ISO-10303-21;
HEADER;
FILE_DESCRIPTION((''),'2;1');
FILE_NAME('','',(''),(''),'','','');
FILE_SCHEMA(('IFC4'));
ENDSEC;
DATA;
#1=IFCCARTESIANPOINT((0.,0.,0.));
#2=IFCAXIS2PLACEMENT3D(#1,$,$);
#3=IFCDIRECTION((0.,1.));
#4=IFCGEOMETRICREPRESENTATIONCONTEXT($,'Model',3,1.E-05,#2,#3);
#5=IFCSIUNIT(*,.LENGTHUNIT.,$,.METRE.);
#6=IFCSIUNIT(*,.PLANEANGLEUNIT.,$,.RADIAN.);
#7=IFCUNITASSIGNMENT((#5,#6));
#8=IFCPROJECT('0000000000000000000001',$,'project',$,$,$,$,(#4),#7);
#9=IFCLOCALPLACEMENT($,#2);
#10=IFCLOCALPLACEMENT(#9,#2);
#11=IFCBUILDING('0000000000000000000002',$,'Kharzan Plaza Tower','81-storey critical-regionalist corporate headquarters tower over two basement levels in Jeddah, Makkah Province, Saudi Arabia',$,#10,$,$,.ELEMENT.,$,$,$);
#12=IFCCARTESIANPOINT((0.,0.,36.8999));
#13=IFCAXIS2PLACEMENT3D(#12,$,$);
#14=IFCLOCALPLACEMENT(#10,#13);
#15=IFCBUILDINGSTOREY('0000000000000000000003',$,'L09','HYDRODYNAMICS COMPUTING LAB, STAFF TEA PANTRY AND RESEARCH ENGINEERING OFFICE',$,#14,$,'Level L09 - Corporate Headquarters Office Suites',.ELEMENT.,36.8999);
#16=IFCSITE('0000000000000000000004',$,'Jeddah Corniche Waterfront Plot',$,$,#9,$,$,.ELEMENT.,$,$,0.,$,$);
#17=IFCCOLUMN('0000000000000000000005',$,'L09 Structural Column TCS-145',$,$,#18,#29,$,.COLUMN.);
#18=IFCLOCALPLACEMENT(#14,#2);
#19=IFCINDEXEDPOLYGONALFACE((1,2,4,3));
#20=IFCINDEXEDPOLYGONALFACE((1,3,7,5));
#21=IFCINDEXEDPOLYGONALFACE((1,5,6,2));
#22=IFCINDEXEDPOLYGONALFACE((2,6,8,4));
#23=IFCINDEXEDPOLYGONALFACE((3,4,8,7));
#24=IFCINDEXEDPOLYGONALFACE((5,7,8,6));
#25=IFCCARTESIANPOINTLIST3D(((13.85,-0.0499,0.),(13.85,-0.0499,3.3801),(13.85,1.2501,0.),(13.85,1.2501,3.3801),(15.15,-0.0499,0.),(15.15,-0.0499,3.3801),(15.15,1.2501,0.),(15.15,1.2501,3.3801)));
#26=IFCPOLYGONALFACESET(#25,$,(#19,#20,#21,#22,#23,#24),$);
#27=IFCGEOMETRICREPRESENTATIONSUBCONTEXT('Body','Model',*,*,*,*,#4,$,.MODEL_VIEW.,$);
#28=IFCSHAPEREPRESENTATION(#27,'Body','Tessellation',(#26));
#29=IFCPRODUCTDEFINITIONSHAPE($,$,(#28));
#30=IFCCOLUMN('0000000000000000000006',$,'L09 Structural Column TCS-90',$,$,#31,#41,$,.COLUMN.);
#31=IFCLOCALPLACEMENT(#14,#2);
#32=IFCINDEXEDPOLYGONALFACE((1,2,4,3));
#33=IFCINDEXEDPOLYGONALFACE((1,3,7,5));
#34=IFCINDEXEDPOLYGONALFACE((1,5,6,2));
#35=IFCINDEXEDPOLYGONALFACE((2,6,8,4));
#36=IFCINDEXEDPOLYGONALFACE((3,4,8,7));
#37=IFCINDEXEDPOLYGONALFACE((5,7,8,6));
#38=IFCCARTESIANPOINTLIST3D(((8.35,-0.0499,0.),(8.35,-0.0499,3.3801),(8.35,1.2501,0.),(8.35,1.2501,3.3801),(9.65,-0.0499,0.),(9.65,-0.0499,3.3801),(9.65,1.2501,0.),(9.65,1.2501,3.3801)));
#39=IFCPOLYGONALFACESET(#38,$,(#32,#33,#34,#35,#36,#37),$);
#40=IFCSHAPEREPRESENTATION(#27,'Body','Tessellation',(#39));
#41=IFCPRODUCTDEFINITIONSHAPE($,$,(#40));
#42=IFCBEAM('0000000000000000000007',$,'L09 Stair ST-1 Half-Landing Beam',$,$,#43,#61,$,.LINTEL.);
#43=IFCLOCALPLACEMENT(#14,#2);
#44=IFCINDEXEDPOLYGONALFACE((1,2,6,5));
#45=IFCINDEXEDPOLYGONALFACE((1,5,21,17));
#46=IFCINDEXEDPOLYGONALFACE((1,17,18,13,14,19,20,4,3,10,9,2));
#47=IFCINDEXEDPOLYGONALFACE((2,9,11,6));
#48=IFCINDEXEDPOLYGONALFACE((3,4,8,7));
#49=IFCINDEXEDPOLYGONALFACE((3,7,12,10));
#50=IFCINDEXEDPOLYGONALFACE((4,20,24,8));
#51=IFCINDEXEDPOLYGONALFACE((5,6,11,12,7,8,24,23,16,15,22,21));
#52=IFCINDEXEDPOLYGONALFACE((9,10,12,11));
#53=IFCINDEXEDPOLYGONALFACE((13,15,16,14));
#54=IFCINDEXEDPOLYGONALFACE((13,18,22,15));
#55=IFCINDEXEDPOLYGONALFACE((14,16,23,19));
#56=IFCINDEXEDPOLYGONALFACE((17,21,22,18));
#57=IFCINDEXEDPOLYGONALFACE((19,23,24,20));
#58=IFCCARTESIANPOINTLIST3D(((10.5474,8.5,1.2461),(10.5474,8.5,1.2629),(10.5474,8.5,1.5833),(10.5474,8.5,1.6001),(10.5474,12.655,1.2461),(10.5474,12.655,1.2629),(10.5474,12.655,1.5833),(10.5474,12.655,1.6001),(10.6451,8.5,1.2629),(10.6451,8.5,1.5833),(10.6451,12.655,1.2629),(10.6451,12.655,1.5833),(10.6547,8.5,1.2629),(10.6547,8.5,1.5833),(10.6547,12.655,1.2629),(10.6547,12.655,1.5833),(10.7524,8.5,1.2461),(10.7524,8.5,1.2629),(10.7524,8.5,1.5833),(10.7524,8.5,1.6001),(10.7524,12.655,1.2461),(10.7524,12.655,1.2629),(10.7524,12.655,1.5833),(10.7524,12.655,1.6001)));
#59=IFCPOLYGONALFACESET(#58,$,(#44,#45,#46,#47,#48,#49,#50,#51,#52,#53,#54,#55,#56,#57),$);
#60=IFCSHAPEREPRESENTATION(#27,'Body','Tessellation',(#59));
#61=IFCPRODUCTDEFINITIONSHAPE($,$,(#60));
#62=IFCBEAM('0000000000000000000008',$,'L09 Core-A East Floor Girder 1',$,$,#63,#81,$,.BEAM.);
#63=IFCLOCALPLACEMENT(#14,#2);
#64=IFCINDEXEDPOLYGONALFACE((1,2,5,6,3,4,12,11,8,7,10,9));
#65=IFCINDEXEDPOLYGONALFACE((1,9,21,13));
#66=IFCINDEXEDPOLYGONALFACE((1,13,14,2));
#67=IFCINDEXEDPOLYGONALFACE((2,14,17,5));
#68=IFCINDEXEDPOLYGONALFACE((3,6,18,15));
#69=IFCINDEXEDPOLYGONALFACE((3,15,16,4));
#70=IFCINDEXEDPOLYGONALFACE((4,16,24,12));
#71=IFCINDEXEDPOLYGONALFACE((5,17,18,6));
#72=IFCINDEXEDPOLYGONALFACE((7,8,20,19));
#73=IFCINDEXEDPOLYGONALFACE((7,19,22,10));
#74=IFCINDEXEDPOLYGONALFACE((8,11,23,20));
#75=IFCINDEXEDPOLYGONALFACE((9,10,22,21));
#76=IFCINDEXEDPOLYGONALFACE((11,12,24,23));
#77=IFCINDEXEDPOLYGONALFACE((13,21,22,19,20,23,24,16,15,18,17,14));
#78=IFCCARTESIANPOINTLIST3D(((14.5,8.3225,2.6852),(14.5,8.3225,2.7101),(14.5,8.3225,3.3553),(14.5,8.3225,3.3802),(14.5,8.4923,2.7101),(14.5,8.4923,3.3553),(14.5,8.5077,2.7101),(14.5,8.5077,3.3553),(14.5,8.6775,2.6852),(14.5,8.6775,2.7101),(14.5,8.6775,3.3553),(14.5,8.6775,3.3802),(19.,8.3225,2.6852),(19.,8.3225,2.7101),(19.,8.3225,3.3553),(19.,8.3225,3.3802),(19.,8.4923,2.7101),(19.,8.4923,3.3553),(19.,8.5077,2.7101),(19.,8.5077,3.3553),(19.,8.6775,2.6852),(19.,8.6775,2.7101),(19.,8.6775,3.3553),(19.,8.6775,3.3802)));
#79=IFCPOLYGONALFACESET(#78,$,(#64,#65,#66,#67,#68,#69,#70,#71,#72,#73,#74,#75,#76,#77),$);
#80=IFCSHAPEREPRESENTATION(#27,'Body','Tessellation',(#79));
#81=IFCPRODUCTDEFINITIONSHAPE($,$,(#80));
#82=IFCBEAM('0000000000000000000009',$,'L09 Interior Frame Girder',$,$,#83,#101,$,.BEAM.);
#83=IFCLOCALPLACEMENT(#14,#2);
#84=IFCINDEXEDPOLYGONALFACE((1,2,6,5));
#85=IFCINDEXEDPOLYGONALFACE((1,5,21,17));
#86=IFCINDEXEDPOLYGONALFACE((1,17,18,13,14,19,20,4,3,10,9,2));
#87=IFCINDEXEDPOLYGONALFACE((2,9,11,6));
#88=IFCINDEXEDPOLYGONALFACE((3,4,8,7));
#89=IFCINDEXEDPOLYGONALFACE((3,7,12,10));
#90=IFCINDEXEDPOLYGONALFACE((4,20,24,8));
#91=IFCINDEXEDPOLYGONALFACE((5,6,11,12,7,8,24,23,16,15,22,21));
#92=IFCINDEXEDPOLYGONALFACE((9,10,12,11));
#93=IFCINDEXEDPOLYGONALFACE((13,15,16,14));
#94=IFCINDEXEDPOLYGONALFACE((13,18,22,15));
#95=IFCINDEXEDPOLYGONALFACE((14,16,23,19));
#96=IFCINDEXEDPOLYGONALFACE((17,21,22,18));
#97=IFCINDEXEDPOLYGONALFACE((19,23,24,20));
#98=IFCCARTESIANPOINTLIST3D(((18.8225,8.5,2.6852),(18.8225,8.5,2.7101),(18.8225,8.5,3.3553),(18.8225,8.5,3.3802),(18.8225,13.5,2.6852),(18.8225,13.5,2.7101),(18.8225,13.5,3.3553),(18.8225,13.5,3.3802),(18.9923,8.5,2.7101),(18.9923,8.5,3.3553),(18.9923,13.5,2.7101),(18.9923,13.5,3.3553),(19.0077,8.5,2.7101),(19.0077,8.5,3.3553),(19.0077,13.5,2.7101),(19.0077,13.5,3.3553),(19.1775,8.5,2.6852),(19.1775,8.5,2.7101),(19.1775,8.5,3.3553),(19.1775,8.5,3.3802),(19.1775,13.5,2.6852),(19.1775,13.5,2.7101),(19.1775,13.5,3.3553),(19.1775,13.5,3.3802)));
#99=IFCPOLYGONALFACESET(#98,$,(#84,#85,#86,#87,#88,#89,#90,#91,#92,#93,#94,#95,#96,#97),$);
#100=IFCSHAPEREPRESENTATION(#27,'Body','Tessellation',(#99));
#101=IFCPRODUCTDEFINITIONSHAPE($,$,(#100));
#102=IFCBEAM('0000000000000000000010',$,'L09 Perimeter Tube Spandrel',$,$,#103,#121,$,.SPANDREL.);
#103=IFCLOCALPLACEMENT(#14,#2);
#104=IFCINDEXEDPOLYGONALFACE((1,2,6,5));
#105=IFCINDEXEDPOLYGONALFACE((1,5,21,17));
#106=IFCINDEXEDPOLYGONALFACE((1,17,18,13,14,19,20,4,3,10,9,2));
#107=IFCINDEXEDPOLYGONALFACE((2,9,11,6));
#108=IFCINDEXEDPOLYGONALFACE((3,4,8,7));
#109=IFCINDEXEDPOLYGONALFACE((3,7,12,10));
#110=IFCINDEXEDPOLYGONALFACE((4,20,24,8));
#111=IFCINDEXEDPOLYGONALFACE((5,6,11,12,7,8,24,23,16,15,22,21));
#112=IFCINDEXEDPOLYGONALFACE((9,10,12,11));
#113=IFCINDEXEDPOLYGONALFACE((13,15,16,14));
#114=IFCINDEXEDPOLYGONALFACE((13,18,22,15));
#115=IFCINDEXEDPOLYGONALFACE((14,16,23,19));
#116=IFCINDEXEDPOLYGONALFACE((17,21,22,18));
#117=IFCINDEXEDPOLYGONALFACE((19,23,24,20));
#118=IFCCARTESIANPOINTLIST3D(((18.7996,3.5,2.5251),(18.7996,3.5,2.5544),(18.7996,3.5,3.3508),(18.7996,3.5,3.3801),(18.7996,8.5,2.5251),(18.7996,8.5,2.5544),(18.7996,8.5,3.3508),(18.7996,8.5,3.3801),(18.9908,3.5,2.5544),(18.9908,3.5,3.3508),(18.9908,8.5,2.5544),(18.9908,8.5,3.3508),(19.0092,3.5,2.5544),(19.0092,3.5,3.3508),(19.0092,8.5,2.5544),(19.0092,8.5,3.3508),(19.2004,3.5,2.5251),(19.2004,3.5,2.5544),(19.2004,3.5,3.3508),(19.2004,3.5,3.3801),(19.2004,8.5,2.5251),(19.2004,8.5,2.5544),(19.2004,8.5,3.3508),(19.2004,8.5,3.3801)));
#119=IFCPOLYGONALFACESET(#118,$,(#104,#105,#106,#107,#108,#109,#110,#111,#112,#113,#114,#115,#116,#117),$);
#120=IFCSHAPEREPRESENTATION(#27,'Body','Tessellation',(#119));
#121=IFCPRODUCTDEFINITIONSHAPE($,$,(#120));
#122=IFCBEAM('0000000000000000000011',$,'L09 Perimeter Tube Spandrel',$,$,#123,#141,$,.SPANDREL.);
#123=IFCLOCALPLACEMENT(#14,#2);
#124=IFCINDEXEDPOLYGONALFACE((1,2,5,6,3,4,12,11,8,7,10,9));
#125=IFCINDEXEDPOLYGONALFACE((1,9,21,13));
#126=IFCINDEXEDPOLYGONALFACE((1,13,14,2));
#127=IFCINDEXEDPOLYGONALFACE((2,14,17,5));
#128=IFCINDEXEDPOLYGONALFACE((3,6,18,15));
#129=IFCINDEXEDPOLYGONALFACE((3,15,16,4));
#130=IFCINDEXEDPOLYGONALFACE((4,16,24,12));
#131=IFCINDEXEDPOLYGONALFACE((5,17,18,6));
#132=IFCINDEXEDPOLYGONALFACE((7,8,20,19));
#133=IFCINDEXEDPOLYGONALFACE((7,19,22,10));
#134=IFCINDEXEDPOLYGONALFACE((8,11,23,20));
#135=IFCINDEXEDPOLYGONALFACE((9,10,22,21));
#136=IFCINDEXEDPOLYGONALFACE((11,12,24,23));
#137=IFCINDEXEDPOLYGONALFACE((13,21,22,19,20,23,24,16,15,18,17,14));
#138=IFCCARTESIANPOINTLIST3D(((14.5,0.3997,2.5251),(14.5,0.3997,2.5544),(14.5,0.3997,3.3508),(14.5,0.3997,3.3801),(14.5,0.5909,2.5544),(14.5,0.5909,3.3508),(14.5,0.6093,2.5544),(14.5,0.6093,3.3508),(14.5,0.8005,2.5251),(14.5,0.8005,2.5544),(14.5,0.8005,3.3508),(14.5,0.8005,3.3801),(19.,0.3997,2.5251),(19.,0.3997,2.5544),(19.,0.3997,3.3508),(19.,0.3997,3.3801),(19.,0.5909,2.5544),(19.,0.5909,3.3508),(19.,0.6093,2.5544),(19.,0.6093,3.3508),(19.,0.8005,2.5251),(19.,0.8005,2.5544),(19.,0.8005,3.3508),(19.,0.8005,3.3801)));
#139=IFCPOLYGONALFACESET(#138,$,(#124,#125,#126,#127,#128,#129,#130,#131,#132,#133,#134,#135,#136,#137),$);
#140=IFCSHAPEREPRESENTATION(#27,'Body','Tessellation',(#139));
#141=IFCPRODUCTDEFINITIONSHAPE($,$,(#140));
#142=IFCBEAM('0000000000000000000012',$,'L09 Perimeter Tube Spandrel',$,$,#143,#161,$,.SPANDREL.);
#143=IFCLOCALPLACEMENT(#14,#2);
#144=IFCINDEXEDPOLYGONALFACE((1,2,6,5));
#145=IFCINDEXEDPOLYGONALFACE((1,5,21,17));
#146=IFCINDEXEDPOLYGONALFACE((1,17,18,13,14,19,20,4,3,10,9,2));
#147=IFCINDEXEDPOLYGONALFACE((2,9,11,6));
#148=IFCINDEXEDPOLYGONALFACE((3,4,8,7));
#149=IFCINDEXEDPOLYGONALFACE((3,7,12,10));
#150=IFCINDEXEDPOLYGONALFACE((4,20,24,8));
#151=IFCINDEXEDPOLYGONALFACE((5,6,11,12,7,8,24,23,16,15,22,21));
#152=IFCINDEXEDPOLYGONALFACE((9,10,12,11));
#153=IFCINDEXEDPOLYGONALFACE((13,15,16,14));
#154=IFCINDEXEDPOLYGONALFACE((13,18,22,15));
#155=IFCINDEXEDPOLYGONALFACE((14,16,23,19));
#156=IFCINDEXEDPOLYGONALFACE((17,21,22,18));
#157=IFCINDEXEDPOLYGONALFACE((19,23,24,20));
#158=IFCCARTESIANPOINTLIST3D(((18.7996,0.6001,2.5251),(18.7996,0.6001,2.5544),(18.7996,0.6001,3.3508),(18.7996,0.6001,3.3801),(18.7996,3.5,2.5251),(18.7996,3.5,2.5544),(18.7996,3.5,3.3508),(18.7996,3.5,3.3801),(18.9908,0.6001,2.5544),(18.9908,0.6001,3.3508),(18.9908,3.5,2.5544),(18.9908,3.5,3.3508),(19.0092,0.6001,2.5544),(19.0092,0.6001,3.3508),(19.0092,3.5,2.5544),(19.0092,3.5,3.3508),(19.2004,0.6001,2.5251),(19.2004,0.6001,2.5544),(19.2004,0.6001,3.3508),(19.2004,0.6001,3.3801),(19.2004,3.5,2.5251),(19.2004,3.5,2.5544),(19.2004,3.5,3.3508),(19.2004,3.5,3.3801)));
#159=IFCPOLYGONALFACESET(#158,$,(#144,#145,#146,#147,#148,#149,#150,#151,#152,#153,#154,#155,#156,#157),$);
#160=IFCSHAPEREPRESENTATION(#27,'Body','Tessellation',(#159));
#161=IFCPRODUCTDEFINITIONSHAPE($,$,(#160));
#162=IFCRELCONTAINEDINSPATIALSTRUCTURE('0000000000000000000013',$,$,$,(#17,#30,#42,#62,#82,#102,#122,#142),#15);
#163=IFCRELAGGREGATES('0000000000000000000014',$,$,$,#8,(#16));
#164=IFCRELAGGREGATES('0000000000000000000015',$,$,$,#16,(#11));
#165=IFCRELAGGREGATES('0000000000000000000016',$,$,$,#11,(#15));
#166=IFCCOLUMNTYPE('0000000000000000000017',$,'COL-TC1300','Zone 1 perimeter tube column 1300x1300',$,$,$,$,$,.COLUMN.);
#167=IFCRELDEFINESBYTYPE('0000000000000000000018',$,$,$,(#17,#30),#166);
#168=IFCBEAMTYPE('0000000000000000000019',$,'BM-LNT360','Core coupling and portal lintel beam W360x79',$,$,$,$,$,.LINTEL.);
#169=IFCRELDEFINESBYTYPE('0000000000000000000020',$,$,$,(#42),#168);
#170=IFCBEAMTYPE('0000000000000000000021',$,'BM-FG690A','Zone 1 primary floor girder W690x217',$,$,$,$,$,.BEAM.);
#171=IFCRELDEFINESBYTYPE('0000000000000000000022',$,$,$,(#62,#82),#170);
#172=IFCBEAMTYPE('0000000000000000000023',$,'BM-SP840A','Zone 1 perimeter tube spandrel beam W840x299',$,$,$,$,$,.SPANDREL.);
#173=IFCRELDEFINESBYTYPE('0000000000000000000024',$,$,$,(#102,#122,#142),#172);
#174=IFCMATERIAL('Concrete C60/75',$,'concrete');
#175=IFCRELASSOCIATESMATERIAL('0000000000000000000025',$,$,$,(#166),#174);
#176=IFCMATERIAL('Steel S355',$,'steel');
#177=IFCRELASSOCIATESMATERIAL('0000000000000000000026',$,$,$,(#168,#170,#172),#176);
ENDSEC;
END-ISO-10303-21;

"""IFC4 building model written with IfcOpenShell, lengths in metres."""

from ifc_helpers import new_model, si_unit, direction, frame, origin, origin_2d, place, context, subcontext, project, spatial, rectangle, i_section, extrude, source, transform, mapped, material, material_profile, profile_set, type_object, element, save


model = new_model("IFC4")

# Units and contexts
model_context = context("Model", 3, precision=1e-05, world=origin(), true_north=direction((0.0, 1.0)))
body_context = subcontext(model_context, "Body", "Model", "MODEL_VIEW")
ifc_project = project(units=[si_unit("LENGTHUNIT", "METRE"), si_unit("PLANEANGLEUNIT", "RADIAN")], contexts=[model_context])

# Site, building, storey
site_placement = place(None, origin())
site = spatial("IfcSite", under=ifc_project, at=site_placement, Name="Jeddah Corniche Waterfront Plot", CompositionType="ELEMENT", RefElevation=0.0)
building_placement = place(site_placement, origin())
building = spatial("IfcBuilding", under=site, at=building_placement, Name="Kharzan Plaza Tower", Description="81-storey critical-regionalist corporate headquarters tower over two basement levels in Jeddah, Makkah Province, Saudi Arabia", CompositionType="ELEMENT")
storey_placement = place(building_placement, frame((0.0, 0.0, 36.8999)))
storey = spatial("IfcBuildingStorey", under=building, at=storey_placement, Name="L09", Description="HYDRODYNAMICS COMPUTING LAB, STAFF TEA PANTRY AND RESEARCH ENGINEERING OFFICE", LongName="Level L09 - Corporate Headquarters Office Suites", CompositionType="ELEMENT", Elevation=36.8999)

# Columns
ifc_material_1 = material(Name="Concrete C60/75", Category="concrete")
ifc_material_profile_1 = material_profile(ifc_material_1, rectangle(XDim=1.3, YDim=1.3, at=origin_2d()), Name="RC-TC1300x1300")
ifc_profile_set_1 = profile_set([ifc_material_profile_1], Name="Concrete C60/75")
column_type = type_object("IfcColumnType", Name="COL-TC1300", Description="Zone 1 perimeter tube column 1300x1300", PredefinedType="COLUMN", material=ifc_profile_set_1)
shared_shape_1 = source(origin(), body_context, "Body", "SweptSolid", [
    extrude(rectangle(XDim=1.3, YDim=1.3, at=origin_2d()), origin(), (0.0, 0.0, 1.0), 3.3801),
])
for number, where, z_axis, x_axis, name in (
    (1, (14.5, 0.6001, 0.0), (0.0, 0.0, 1.0), (1.0, 0.0, 0.0), "L09 Structural Column TCS-145"),
    (2, (9.0, 0.6001, 0.0), (0.0, 0.0, 1.0), (1.0, 0.0, 0.0), "L09 Structural Column TCS-90"),
):
    element("IfcColumn", number, at=place(storey_placement, frame(where, z_axis=z_axis, x_axis=x_axis)), inside=storey, type_object=column_type, Name=name, PredefinedType="COLUMN", context=body_context, shape_type="MappedRepresentation", body=[
        mapped(shared_shape_1, transform((0.0, 0.0, 0.0), x_axis=(1.0, 0.0, 0.0), y_axis=(0.0, 1.0, 0.0), z_axis=(0.0, 0.0, 1.0))),
    ])

# Beams
ifc_material_2 = material(Name="Steel S355", Category="steel")
ifc_material_profile_2 = material_profile(ifc_material_2, i_section(OverallWidth=0.2051, OverallDepth=0.354, WebThickness=0.0095, FlangeThickness=0.0168, at=origin_2d()), Name="W360x79")
ifc_profile_set_2 = profile_set([ifc_material_profile_2], Name="Steel S355")
beam_type_1 = type_object("IfcBeamType", Name="BM-LNT360", Description="Core coupling and portal lintel beam W360x79", PredefinedType="LINTEL", material=ifc_profile_set_2)
shared_shape_2 = source(origin(), body_context, "Body", "SweptSolid", [
    extrude(i_section(OverallWidth=0.2051, OverallDepth=0.354, WebThickness=0.0095, FlangeThickness=0.0168, at=origin_2d()), origin(), (0.0, 0.0, 1.0), 4.155),
])
beam_1_placement = place(storey_placement, frame((10.6499, 8.5, 1.4231), z_axis=(0.0, 1.0, 0.0), x_axis=(-1.0, 0.0, 0.0)))
element("IfcBeam", 3, at=beam_1_placement, inside=storey, type_object=beam_type_1, Name="L09 Stair ST-1 Half-Landing Beam", PredefinedType="LINTEL", context=body_context, shape_type="MappedRepresentation", body=[
    mapped(shared_shape_2, transform((0.0, 0.0, 0.0), x_axis=(1.0, 0.0, 0.0), y_axis=(0.0, 1.0, 0.0), z_axis=(0.0, 0.0, 1.0))),
])
ifc_material_profile_3 = material_profile(ifc_material_2, i_section(OverallWidth=0.355, OverallDepth=0.6951, WebThickness=0.0154, FlangeThickness=0.0249, at=origin_2d()), Name="W690x217")
ifc_profile_set_3 = profile_set([ifc_material_profile_3], Name="Steel S355")
beam_type_2 = type_object("IfcBeamType", Name="BM-FG690A", Description="Zone 1 primary floor girder W690x217", PredefinedType="BEAM", material=ifc_profile_set_3)
shared_shape_3 = source(origin(), body_context, "Body", "SweptSolid", [
    extrude(i_section(OverallWidth=0.355, OverallDepth=0.6951, WebThickness=0.0154, FlangeThickness=0.0249, at=origin_2d()), origin(), (0.0, 0.0, 1.0), 4.5),
])
beam_2_placement = place(storey_placement, frame((14.5, 8.5, 3.0327), z_axis=(1.0, 0.0, 0.0), x_axis=(0.0, 1.0, 0.0)))
element("IfcBeam", 4, at=beam_2_placement, inside=storey, type_object=beam_type_2, Name="L09 Core-A East Floor Girder 1", PredefinedType="BEAM", context=body_context, shape_type="MappedRepresentation", body=[
    mapped(shared_shape_3, transform((0.0, 0.0, 0.0), x_axis=(1.0, 0.0, 0.0), y_axis=(0.0, 1.0, 0.0), z_axis=(0.0, 0.0, 1.0))),
])
shared_shape_4 = source(origin(), body_context, "Body", "SweptSolid", [
    extrude(i_section(OverallWidth=0.355, OverallDepth=0.6951, WebThickness=0.0154, FlangeThickness=0.0249, at=origin_2d()), origin(), (0.0, 0.0, 1.0), 5.0),
])
beam_3_placement = place(storey_placement, frame((19.0, 8.5, 3.0327), z_axis=(0.0, 1.0, 0.0), x_axis=(-1.0, 0.0, 0.0)))
element("IfcBeam", 5, at=beam_3_placement, inside=storey, type_object=beam_type_2, Name="L09 Interior Frame Girder", PredefinedType="BEAM", context=body_context, shape_type="MappedRepresentation", body=[
    mapped(shared_shape_4, transform((0.0, 0.0, 0.0), x_axis=(1.0, 0.0, 0.0), y_axis=(0.0, 1.0, 0.0), z_axis=(0.0, 0.0, 1.0))),
])
ifc_material_profile_4 = material_profile(ifc_material_2, i_section(OverallWidth=0.4009, OverallDepth=0.855, WebThickness=0.0183, FlangeThickness=0.0293, at=origin_2d()), Name="W840x299")
ifc_profile_set_4 = profile_set([ifc_material_profile_4], Name="Steel S355")
beam_type_3 = type_object("IfcBeamType", Name="BM-SP840A", Description="Zone 1 perimeter tube spandrel beam W840x299", PredefinedType="SPANDREL", material=ifc_profile_set_4)
shared_shape_5 = source(origin(), body_context, "Body", "SweptSolid", [
    extrude(i_section(OverallWidth=0.4009, OverallDepth=0.855, WebThickness=0.0183, FlangeThickness=0.0293, at=origin_2d()), origin(), (0.0, 0.0, 1.0), 5.0),
])
beam_4_placement = place(storey_placement, frame((19.0, 3.5, 2.9526), z_axis=(0.0, 1.0, 0.0), x_axis=(-1.0, 0.0, 0.0)))
element("IfcBeam", 6, at=beam_4_placement, inside=storey, type_object=beam_type_3, Name="L09 Perimeter Tube Spandrel", PredefinedType="SPANDREL", context=body_context, shape_type="MappedRepresentation", body=[
    mapped(shared_shape_5, transform((0.0, 0.0, 0.0), x_axis=(1.0, 0.0, 0.0), y_axis=(0.0, 1.0, 0.0), z_axis=(0.0, 0.0, 1.0))),
])
shared_shape_6 = source(origin(), body_context, "Body", "SweptSolid", [
    extrude(i_section(OverallWidth=0.4009, OverallDepth=0.855, WebThickness=0.0183, FlangeThickness=0.0293, at=origin_2d()), origin(), (0.0, 0.0, 1.0), 4.5),
])
beam_5_placement = place(storey_placement, frame((14.5, 0.6001, 2.9526), z_axis=(1.0, 0.0, 0.0), x_axis=(0.0, 1.0, 0.0)))
element("IfcBeam", 7, at=beam_5_placement, inside=storey, type_object=beam_type_3, Name="L09 Perimeter Tube Spandrel", PredefinedType="SPANDREL", context=body_context, shape_type="MappedRepresentation", body=[
    mapped(shared_shape_6, transform((0.0, 0.0, 0.0), x_axis=(1.0, 0.0, 0.0), y_axis=(0.0, 1.0, 0.0), z_axis=(0.0, 0.0, 1.0))),
])
shared_shape_7 = source(origin(), body_context, "Body", "SweptSolid", [
    extrude(i_section(OverallWidth=0.4009, OverallDepth=0.855, WebThickness=0.0183, FlangeThickness=0.0293, at=origin_2d()), origin(), (0.0, 0.0, 1.0), 2.8999),
])
beam_6_placement = place(storey_placement, frame((19.0, 0.6001, 2.9526), z_axis=(0.0, 1.0, 0.0), x_axis=(-1.0, 0.0, 0.0)))
element("IfcBeam", 8, at=beam_6_placement, inside=storey, type_object=beam_type_3, Name="L09 Perimeter Tube Spandrel", PredefinedType="SPANDREL", context=body_context, shape_type="MappedRepresentation", body=[
    mapped(shared_shape_7, transform((0.0, 0.0, 0.0), x_axis=(1.0, 0.0, 0.0), y_axis=(0.0, 1.0, 0.0), z_axis=(0.0, 0.0, 1.0))),
])

save(model, "model.ifc")
